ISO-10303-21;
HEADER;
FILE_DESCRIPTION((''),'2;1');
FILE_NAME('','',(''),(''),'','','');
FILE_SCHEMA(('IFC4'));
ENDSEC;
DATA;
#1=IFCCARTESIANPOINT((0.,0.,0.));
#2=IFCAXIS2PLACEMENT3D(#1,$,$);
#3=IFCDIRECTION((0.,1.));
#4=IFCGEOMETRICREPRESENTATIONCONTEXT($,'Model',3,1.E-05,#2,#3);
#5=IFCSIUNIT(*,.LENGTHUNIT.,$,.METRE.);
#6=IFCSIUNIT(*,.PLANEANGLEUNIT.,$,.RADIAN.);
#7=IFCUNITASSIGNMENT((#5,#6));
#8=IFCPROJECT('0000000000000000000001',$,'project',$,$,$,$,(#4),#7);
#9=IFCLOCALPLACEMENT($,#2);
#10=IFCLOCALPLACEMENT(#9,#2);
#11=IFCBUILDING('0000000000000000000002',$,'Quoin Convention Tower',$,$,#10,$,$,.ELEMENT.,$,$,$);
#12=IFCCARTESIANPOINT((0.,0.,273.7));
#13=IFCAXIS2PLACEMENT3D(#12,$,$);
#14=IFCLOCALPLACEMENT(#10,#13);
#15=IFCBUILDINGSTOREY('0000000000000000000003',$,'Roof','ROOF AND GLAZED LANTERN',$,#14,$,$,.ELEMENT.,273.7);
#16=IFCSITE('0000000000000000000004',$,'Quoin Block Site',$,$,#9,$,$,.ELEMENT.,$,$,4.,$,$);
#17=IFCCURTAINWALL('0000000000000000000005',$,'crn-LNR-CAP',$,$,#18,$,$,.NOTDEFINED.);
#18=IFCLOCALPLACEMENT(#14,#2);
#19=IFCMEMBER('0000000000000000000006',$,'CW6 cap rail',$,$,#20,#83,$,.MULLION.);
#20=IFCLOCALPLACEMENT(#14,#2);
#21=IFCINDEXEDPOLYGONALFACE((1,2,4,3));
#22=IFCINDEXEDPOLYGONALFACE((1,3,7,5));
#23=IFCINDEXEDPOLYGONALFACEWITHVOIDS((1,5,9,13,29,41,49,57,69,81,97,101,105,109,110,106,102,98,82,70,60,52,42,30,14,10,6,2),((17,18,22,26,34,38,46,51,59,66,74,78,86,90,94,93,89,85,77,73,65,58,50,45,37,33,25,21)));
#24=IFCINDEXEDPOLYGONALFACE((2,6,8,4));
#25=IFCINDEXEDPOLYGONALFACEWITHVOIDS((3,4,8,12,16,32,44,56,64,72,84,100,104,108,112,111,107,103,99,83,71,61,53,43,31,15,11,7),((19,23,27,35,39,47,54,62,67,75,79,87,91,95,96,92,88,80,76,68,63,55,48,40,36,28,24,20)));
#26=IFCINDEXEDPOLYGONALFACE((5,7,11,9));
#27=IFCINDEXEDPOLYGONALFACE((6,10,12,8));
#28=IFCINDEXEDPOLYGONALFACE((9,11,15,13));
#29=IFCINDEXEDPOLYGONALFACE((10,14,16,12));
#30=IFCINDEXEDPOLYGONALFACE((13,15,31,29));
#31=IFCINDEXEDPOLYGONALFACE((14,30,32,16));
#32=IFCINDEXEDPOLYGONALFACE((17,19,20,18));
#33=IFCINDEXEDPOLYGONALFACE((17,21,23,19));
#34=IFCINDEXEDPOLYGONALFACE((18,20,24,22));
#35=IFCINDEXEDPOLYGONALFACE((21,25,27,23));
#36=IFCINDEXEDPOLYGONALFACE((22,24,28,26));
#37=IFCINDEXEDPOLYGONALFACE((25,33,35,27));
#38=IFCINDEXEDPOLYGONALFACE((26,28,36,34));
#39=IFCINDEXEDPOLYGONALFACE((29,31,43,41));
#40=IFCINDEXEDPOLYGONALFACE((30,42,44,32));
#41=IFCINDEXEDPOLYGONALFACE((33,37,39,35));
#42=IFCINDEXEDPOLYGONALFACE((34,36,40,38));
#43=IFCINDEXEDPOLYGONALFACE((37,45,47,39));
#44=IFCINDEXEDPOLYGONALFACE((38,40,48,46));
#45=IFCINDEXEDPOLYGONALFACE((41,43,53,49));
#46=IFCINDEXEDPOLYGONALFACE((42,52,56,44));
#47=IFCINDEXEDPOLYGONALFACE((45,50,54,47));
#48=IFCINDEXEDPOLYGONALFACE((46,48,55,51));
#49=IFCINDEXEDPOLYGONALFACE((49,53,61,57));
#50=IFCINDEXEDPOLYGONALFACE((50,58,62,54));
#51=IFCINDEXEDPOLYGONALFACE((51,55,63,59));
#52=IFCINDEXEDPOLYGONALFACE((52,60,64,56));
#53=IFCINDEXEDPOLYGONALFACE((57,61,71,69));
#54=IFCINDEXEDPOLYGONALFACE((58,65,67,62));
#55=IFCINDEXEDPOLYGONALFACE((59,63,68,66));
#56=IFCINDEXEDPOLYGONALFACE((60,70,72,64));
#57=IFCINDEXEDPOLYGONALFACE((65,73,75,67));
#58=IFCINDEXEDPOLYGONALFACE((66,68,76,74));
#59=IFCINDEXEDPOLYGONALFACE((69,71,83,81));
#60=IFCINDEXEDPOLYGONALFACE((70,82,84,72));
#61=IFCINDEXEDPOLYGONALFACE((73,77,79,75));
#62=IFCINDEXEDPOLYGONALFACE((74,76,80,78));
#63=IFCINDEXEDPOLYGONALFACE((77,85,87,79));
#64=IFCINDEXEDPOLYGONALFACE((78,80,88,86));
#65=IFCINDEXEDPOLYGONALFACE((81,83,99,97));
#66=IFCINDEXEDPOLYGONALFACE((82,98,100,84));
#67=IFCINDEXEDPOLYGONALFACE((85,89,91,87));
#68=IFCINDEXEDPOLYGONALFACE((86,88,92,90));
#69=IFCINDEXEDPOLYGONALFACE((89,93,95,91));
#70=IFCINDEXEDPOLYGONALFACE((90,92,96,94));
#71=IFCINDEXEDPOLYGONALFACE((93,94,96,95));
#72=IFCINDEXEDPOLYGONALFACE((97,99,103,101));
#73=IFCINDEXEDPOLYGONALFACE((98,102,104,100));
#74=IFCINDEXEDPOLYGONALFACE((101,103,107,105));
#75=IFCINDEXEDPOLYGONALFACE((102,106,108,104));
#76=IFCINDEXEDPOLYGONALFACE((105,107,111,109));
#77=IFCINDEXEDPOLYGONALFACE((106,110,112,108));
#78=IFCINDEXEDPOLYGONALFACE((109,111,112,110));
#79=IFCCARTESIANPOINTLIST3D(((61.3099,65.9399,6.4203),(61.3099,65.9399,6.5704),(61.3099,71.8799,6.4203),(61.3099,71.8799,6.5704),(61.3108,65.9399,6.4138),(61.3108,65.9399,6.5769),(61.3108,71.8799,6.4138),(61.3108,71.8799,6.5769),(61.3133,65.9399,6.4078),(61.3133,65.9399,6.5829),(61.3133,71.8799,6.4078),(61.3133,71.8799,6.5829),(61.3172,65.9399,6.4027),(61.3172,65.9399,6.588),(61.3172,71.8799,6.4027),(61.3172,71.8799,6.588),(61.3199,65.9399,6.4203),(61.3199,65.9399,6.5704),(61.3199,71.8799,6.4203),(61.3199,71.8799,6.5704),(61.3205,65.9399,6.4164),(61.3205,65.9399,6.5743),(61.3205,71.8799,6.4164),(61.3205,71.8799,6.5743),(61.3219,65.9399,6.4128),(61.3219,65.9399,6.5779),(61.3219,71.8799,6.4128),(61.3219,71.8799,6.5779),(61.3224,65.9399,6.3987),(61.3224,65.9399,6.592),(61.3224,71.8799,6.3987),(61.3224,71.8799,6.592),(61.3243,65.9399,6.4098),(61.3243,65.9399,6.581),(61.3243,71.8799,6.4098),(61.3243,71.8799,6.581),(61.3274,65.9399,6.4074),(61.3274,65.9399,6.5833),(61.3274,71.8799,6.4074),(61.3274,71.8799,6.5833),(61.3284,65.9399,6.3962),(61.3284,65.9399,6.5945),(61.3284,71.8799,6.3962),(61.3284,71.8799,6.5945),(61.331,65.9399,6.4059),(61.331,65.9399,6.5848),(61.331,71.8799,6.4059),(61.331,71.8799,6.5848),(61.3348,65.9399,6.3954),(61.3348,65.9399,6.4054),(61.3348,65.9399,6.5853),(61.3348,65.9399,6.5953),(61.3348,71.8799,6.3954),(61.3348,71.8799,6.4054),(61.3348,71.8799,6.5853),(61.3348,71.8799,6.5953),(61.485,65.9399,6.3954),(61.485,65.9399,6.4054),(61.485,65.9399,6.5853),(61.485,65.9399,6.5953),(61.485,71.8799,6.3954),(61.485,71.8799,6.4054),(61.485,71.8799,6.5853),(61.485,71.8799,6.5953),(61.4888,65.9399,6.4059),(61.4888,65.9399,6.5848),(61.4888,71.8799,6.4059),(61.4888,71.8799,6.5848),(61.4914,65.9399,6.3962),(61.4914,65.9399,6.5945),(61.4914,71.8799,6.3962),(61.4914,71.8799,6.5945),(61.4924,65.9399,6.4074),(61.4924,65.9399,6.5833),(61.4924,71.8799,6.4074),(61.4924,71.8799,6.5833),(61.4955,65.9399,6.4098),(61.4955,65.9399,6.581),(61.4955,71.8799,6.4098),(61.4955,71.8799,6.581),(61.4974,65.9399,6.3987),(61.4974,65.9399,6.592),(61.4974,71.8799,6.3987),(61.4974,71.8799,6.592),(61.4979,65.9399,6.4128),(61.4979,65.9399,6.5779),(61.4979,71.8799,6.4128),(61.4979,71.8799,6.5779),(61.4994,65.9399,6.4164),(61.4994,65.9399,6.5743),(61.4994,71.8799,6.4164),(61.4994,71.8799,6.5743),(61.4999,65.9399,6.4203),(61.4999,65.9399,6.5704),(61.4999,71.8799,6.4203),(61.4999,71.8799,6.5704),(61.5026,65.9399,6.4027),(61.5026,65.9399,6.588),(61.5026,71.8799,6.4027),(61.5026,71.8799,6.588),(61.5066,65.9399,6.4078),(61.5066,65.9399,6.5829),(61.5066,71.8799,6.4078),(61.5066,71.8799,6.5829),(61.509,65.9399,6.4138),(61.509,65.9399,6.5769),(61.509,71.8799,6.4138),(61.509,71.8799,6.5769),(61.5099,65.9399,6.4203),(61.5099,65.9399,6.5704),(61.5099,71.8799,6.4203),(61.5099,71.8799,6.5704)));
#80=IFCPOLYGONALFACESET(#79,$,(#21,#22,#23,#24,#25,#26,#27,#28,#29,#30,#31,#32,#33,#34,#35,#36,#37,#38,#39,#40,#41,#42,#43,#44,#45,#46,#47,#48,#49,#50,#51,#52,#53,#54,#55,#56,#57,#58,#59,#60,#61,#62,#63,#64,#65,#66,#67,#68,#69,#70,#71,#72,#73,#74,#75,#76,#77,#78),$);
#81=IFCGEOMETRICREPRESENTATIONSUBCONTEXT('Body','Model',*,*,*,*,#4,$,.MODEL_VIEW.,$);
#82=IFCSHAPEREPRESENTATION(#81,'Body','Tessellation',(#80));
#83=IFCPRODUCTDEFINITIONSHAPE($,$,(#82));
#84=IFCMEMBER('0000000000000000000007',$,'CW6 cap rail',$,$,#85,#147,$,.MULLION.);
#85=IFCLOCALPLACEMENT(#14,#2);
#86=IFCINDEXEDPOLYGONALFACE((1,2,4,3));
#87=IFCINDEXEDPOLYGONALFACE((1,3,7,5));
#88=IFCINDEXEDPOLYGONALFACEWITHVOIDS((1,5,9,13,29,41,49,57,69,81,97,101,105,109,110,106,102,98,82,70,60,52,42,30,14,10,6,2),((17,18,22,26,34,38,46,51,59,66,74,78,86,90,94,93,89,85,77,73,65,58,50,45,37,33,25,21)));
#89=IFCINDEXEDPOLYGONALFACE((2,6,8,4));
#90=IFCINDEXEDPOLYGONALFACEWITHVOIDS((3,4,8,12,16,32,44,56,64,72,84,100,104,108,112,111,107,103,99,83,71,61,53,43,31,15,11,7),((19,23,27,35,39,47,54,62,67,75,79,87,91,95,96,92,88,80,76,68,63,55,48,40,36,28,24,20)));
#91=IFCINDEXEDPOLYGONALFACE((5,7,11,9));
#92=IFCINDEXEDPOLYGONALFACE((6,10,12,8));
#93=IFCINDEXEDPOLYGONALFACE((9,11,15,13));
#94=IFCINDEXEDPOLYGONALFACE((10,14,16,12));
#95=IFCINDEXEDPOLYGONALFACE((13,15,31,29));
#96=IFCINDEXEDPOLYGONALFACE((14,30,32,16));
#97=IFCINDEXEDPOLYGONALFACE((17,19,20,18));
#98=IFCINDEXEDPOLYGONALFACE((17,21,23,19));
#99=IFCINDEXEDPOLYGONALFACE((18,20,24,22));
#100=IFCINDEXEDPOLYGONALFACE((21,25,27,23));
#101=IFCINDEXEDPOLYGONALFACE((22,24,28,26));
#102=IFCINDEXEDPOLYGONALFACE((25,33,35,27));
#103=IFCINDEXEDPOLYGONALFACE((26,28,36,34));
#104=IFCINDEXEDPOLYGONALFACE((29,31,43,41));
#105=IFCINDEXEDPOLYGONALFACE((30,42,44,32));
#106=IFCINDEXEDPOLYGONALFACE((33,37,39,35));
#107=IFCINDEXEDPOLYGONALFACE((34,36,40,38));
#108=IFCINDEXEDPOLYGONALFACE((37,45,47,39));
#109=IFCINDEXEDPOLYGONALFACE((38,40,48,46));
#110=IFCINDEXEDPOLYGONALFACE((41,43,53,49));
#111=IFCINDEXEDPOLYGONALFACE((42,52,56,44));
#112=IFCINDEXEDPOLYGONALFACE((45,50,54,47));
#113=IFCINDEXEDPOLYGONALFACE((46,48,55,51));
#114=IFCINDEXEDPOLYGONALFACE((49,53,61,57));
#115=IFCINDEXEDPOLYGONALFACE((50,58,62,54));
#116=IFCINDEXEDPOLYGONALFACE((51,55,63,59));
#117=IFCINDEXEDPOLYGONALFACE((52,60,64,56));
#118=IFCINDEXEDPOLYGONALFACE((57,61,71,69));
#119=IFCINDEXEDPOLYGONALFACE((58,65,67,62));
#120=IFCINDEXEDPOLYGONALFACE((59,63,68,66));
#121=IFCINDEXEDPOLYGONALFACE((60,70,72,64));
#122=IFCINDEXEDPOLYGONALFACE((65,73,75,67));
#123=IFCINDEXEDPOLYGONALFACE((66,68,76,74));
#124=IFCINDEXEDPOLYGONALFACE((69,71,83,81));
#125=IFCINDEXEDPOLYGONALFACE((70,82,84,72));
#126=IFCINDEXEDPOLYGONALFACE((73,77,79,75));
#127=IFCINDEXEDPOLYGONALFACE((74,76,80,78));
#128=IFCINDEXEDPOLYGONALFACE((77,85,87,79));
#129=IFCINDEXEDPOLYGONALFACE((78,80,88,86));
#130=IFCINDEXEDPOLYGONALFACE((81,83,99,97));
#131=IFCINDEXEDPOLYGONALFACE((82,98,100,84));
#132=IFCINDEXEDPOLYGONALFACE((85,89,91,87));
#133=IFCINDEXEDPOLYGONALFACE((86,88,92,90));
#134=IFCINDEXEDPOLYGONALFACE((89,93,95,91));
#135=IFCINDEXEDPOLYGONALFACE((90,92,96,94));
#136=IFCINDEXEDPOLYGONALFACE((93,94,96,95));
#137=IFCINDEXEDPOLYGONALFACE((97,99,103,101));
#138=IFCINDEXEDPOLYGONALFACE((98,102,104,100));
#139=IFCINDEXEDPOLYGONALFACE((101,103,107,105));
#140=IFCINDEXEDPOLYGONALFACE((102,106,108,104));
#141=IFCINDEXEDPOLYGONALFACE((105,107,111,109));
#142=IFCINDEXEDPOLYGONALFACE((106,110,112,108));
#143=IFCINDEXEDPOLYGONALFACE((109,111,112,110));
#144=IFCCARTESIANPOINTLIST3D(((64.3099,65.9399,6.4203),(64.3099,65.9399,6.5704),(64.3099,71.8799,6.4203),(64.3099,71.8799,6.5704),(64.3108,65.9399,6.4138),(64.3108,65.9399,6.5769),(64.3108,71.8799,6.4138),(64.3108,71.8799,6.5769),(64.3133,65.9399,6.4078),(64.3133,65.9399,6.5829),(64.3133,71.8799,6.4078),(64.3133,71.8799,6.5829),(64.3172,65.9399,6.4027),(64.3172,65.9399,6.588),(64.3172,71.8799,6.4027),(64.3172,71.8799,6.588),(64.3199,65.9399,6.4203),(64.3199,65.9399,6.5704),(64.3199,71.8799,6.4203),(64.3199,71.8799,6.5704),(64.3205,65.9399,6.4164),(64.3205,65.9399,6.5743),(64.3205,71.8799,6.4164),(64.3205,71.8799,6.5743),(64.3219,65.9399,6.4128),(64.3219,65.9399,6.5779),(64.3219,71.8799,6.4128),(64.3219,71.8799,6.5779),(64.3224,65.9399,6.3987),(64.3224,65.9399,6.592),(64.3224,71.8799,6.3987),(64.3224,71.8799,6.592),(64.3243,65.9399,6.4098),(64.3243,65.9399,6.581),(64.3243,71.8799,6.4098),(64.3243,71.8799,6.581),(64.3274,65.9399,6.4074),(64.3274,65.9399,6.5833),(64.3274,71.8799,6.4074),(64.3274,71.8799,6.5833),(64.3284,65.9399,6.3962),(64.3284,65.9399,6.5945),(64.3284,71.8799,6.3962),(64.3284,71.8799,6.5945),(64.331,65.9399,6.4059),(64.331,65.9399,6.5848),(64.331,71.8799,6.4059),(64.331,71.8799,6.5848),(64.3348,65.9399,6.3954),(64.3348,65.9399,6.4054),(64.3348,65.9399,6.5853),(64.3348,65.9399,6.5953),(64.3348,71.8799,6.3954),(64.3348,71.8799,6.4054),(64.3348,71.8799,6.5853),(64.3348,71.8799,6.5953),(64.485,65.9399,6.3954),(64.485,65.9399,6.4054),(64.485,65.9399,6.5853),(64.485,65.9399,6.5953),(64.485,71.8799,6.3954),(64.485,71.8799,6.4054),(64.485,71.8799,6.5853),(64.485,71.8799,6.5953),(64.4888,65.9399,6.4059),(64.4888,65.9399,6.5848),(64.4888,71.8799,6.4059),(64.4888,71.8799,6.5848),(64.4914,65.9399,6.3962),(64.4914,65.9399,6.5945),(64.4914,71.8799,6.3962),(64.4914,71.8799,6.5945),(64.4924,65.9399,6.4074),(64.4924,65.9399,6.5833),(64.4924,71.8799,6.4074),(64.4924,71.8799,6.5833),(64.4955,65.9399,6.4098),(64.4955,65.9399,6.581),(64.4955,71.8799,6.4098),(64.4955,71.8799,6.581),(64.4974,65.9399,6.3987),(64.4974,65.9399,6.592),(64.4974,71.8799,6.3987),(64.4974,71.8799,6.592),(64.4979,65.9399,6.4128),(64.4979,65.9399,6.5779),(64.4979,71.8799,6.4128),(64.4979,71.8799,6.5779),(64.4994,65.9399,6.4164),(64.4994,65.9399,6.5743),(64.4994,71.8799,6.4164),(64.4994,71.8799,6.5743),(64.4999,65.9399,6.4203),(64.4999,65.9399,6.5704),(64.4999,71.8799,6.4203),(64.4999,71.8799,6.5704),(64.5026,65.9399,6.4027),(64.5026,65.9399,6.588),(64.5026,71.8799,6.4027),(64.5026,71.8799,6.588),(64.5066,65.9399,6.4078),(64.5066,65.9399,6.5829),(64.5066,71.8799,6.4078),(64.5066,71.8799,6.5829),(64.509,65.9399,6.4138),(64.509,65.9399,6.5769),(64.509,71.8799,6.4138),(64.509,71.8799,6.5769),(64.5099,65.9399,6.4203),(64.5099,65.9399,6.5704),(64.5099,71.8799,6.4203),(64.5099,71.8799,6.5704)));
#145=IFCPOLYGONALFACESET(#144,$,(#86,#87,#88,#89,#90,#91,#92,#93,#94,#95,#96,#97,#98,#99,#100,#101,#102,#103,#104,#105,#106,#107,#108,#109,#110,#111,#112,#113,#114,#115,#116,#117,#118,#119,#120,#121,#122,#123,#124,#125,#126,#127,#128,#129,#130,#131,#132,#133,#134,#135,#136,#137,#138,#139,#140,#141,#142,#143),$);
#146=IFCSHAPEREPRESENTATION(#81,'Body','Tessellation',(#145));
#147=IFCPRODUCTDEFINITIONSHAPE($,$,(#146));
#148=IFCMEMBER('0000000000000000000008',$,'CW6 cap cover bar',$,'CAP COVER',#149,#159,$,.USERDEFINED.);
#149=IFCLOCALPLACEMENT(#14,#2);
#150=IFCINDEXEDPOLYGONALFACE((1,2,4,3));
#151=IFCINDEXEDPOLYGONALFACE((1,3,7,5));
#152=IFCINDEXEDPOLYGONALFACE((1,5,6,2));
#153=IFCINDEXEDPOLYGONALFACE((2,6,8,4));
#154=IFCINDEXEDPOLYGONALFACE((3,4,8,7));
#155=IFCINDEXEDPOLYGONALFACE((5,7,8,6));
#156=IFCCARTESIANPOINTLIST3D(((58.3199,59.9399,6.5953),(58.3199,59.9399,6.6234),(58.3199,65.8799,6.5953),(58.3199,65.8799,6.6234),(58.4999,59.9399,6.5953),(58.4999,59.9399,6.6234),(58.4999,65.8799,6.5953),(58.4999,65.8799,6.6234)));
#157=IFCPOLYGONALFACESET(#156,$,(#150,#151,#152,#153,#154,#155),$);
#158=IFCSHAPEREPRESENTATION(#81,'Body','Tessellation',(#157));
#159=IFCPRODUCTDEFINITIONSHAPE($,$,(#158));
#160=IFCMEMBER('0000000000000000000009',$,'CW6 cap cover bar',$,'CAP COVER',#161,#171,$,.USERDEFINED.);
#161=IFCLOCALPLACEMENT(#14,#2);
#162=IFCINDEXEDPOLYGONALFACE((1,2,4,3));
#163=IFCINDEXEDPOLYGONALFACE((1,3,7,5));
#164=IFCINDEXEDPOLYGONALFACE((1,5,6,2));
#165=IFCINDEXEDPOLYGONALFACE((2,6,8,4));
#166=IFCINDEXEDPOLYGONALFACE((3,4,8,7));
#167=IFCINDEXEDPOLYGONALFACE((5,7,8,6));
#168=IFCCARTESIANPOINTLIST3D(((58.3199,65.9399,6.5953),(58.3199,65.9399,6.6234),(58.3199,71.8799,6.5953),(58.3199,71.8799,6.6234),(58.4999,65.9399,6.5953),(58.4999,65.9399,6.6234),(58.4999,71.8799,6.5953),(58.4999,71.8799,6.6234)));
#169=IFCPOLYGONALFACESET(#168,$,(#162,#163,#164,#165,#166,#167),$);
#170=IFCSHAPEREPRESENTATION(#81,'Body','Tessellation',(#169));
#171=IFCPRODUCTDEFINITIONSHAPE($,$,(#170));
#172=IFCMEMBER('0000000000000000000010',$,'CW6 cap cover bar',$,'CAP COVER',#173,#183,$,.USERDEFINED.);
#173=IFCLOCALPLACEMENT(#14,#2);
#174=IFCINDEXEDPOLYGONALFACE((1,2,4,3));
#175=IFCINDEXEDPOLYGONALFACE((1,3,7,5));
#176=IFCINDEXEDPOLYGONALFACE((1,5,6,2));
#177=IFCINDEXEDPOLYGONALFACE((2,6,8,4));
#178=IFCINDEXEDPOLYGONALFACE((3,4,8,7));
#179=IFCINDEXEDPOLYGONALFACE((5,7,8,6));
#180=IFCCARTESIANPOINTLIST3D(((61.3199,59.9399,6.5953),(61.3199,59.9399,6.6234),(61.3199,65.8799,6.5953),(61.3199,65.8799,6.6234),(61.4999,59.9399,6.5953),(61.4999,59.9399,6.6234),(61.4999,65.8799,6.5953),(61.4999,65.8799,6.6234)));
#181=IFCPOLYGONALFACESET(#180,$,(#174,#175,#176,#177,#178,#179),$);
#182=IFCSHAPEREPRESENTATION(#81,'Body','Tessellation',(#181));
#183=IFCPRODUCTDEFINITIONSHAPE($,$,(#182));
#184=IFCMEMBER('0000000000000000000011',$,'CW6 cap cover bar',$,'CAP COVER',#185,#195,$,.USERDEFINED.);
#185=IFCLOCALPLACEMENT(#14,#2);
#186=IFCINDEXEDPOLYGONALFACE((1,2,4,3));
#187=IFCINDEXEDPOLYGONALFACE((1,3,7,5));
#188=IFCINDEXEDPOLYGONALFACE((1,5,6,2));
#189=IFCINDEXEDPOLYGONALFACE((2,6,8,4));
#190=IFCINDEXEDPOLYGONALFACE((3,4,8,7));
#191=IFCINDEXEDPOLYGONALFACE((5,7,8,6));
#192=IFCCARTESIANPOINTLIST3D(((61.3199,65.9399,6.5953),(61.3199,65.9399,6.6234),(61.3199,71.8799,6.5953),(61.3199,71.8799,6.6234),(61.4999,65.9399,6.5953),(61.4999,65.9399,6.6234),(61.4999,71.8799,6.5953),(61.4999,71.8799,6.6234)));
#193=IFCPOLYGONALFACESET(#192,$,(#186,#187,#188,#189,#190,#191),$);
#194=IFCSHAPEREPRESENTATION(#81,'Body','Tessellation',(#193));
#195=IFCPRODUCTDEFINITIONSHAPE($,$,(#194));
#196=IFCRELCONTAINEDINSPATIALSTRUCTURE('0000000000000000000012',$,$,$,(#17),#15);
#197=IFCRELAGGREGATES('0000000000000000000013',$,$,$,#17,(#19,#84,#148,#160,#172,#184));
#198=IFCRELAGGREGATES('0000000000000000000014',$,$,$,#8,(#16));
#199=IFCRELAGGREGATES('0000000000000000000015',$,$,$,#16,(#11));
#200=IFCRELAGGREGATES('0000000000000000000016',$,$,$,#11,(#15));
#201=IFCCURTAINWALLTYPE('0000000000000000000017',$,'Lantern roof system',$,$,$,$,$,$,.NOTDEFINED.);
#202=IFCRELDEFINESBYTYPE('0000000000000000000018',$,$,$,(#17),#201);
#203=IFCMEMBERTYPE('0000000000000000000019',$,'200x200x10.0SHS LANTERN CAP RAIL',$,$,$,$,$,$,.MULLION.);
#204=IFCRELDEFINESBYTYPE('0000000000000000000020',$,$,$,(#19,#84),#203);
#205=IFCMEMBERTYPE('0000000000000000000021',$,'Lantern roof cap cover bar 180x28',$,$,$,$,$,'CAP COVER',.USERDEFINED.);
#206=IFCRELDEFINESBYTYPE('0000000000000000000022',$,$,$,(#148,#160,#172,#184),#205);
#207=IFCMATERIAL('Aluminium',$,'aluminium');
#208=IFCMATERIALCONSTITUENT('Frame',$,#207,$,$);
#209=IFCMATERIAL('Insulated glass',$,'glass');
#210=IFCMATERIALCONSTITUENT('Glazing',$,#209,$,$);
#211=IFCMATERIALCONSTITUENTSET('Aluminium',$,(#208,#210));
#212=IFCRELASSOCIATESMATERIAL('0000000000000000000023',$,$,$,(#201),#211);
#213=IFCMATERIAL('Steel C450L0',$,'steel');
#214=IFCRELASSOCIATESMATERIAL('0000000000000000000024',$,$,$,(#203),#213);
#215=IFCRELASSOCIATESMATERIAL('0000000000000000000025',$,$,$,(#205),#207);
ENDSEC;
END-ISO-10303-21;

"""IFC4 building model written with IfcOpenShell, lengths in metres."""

from ifc_helpers import new_model, si_unit, direction, frame, origin, origin_2d, place, context, subcontext, project, spatial, rectangle, hollow_rectangle, extrude, material, constituent, constituent_set, material_profile, profile_set, type_object, element, aggregate, save


model = new_model("IFC4")

# Units and contexts
model_context = context("Model", 3, precision=1e-05, world=origin(), true_north=direction((0.0, 1.0)))
body_context = subcontext(model_context, "Body", "Model", "MODEL_VIEW")
ifc_project = project(units=[si_unit("LENGTHUNIT", "METRE"), si_unit("PLANEANGLEUNIT", "RADIAN")], contexts=[model_context])

# Site, building, storey
site_placement = place(None, origin())
site = spatial("IfcSite", under=ifc_project, at=site_placement, Name="Quoin Block Site", CompositionType="ELEMENT", RefElevation=4.0)
building_placement = place(site_placement, origin())
building = spatial("IfcBuilding", under=site, at=building_placement, Name="Quoin Convention Tower", CompositionType="ELEMENT")
storey_placement = place(building_placement, frame((0.0, 0.0, 273.7)))
storey = spatial("IfcBuildingStorey", under=building, at=storey_placement, Name="Roof", Description="ROOF AND GLAZED LANTERN", CompositionType="ELEMENT", Elevation=273.7)

# Shared definitions
ifc_material_1 = material(Name="Steel C450L0", Category="steel")

# Curtain wall, members
ifc_material_2 = material(Name="Aluminium", Category="aluminium")
ifc_constituent_1 = constituent(ifc_material_2, Name="Frame")
ifc_material_3 = material(Name="Insulated glass", Category="glass")
ifc_constituent_2 = constituent(ifc_material_3, Name="Glazing")
ifc_constituent_set = constituent_set(constituents=[ifc_constituent_1, ifc_constituent_2], Name="Aluminium")
curtain_wall_type = type_object("IfcCurtainWallType", Name="Lantern roof system", PredefinedType="NOTDEFINED", material=ifc_constituent_set)
curtain_wall_placement = place(storey_placement, origin())
curtain_wall = element("IfcCurtainWall", 1, at=curtain_wall_placement, inside=storey, type_object=curtain_wall_type, Name="crn-LNR-CAP", PredefinedType="NOTDEFINED")
ifc_material_profile_1 = material_profile(ifc_material_1, hollow_rectangle(XDim=0.2, YDim=0.2, WallThickness=0.01, InnerFilletRadius=0.0149, OuterFilletRadius=0.0249, at=origin_2d()), Name="200x200x10.0SHS")
ifc_profile_set_1 = profile_set([ifc_material_profile_1], Name="Steel C450L0")
member_type_1 = type_object("IfcMemberType", Name="200x200x10.0SHS LANTERN CAP RAIL", PredefinedType="MULLION", material=ifc_profile_set_1)
member_1_placement = place(storey_placement, frame((61.4099, 65.9399, 6.4954), z_axis=(0.0, 1.0, 0.0), x_axis=(-1.0, 0.0, 0.0)))
member_1 = element("IfcMember", 2, at=member_1_placement, type_object=member_type_1, Name="CW6 cap rail", PredefinedType="MULLION", context=body_context, shape_type="SweptSolid", body=[
    extrude(hollow_rectangle(XDim=0.2, YDim=0.2, WallThickness=0.01, InnerFilletRadius=0.0149, OuterFilletRadius=0.0249, at=origin_2d()), origin(), (0.0, 0.0, 1.0), 5.9399),
])
member_2_placement = place(storey_placement, frame((64.4099, 65.9399, 6.4954), z_axis=(0.0, 1.0, 0.0), x_axis=(-1.0, 0.0, 0.0)))
member_2 = element("IfcMember", 3, at=member_2_placement, type_object=member_type_1, Name="CW6 cap rail", PredefinedType="MULLION", context=body_context, shape_type="SweptSolid", body=[
    extrude(hollow_rectangle(XDim=0.2, YDim=0.2, WallThickness=0.01, InnerFilletRadius=0.0149, OuterFilletRadius=0.0249, at=origin_2d()), origin(), (0.0, 0.0, 1.0), 5.9399),
])
ifc_material_profile_2 = material_profile(ifc_material_2, rectangle(XDim=0.0281, YDim=0.1799, at=origin_2d()), Name="Lantern roof cap cover bar 180x28")
ifc_profile_set_2 = profile_set([ifc_material_profile_2], Name="Aluminium")
member_type_2 = type_object("IfcMemberType", Name="Lantern roof cap cover bar 180x28", ElementType="CAP COVER", PredefinedType="USERDEFINED", material=ifc_profile_set_2)
member_3_placement = place(storey_placement, frame((58.4099, 59.9399, 6.6094), z_axis=(0.0, 1.0, 0.0), x_axis=(0.0, 0.0, 1.0)))
member_3 = element("IfcMember", 4, at=member_3_placement, type_object=member_type_2, Name="CW6 cap cover bar", ObjectType="CAP COVER", PredefinedType="USERDEFINED", context=body_context, shape_type="SweptSolid", body=[
    extrude(rectangle(XDim=0.0281, YDim=0.1799, at=origin_2d()), origin(), (0.0, 0.0, 1.0), 5.9399),
])
member_4_placement = place(storey_placement, frame((58.4099, 65.9399, 6.6094), z_axis=(0.0, 1.0, 0.0), x_axis=(0.0, 0.0, 1.0)))
member_4 = element("IfcMember", 5, at=member_4_placement, type_object=member_type_2, Name="CW6 cap cover bar", ObjectType="CAP COVER", PredefinedType="USERDEFINED", context=body_context, shape_type="SweptSolid", body=[
    extrude(rectangle(XDim=0.0281, YDim=0.1799, at=origin_2d()), origin(), (0.0, 0.0, 1.0), 5.9399),
])
member_5_placement = place(storey_placement, frame((61.4099, 59.9399, 6.6094), z_axis=(0.0, 1.0, 0.0), x_axis=(0.0, 0.0, 1.0)))
member_5 = element("IfcMember", 6, at=member_5_placement, type_object=member_type_2, Name="CW6 cap cover bar", ObjectType="CAP COVER", PredefinedType="USERDEFINED", context=body_context, shape_type="SweptSolid", body=[
    extrude(rectangle(XDim=0.0281, YDim=0.1799, at=origin_2d()), origin(), (0.0, 0.0, 1.0), 5.9399),
])
member_6_placement = place(storey_placement, frame((61.4099, 65.9399, 6.6094), z_axis=(0.0, 1.0, 0.0), x_axis=(0.0, 0.0, 1.0)))
member_6 = element("IfcMember", 7, at=member_6_placement, type_object=member_type_2, Name="CW6 cap cover bar", ObjectType="CAP COVER", PredefinedType="USERDEFINED", context=body_context, shape_type="SweptSolid", body=[
    extrude(rectangle(XDim=0.0281, YDim=0.1799, at=origin_2d()), origin(), (0.0, 0.0, 1.0), 5.9399),
])
aggregate(curtain_wall, [member_1, member_2, member_3, member_4, member_5, member_6])

save(model, "model.ifc")
